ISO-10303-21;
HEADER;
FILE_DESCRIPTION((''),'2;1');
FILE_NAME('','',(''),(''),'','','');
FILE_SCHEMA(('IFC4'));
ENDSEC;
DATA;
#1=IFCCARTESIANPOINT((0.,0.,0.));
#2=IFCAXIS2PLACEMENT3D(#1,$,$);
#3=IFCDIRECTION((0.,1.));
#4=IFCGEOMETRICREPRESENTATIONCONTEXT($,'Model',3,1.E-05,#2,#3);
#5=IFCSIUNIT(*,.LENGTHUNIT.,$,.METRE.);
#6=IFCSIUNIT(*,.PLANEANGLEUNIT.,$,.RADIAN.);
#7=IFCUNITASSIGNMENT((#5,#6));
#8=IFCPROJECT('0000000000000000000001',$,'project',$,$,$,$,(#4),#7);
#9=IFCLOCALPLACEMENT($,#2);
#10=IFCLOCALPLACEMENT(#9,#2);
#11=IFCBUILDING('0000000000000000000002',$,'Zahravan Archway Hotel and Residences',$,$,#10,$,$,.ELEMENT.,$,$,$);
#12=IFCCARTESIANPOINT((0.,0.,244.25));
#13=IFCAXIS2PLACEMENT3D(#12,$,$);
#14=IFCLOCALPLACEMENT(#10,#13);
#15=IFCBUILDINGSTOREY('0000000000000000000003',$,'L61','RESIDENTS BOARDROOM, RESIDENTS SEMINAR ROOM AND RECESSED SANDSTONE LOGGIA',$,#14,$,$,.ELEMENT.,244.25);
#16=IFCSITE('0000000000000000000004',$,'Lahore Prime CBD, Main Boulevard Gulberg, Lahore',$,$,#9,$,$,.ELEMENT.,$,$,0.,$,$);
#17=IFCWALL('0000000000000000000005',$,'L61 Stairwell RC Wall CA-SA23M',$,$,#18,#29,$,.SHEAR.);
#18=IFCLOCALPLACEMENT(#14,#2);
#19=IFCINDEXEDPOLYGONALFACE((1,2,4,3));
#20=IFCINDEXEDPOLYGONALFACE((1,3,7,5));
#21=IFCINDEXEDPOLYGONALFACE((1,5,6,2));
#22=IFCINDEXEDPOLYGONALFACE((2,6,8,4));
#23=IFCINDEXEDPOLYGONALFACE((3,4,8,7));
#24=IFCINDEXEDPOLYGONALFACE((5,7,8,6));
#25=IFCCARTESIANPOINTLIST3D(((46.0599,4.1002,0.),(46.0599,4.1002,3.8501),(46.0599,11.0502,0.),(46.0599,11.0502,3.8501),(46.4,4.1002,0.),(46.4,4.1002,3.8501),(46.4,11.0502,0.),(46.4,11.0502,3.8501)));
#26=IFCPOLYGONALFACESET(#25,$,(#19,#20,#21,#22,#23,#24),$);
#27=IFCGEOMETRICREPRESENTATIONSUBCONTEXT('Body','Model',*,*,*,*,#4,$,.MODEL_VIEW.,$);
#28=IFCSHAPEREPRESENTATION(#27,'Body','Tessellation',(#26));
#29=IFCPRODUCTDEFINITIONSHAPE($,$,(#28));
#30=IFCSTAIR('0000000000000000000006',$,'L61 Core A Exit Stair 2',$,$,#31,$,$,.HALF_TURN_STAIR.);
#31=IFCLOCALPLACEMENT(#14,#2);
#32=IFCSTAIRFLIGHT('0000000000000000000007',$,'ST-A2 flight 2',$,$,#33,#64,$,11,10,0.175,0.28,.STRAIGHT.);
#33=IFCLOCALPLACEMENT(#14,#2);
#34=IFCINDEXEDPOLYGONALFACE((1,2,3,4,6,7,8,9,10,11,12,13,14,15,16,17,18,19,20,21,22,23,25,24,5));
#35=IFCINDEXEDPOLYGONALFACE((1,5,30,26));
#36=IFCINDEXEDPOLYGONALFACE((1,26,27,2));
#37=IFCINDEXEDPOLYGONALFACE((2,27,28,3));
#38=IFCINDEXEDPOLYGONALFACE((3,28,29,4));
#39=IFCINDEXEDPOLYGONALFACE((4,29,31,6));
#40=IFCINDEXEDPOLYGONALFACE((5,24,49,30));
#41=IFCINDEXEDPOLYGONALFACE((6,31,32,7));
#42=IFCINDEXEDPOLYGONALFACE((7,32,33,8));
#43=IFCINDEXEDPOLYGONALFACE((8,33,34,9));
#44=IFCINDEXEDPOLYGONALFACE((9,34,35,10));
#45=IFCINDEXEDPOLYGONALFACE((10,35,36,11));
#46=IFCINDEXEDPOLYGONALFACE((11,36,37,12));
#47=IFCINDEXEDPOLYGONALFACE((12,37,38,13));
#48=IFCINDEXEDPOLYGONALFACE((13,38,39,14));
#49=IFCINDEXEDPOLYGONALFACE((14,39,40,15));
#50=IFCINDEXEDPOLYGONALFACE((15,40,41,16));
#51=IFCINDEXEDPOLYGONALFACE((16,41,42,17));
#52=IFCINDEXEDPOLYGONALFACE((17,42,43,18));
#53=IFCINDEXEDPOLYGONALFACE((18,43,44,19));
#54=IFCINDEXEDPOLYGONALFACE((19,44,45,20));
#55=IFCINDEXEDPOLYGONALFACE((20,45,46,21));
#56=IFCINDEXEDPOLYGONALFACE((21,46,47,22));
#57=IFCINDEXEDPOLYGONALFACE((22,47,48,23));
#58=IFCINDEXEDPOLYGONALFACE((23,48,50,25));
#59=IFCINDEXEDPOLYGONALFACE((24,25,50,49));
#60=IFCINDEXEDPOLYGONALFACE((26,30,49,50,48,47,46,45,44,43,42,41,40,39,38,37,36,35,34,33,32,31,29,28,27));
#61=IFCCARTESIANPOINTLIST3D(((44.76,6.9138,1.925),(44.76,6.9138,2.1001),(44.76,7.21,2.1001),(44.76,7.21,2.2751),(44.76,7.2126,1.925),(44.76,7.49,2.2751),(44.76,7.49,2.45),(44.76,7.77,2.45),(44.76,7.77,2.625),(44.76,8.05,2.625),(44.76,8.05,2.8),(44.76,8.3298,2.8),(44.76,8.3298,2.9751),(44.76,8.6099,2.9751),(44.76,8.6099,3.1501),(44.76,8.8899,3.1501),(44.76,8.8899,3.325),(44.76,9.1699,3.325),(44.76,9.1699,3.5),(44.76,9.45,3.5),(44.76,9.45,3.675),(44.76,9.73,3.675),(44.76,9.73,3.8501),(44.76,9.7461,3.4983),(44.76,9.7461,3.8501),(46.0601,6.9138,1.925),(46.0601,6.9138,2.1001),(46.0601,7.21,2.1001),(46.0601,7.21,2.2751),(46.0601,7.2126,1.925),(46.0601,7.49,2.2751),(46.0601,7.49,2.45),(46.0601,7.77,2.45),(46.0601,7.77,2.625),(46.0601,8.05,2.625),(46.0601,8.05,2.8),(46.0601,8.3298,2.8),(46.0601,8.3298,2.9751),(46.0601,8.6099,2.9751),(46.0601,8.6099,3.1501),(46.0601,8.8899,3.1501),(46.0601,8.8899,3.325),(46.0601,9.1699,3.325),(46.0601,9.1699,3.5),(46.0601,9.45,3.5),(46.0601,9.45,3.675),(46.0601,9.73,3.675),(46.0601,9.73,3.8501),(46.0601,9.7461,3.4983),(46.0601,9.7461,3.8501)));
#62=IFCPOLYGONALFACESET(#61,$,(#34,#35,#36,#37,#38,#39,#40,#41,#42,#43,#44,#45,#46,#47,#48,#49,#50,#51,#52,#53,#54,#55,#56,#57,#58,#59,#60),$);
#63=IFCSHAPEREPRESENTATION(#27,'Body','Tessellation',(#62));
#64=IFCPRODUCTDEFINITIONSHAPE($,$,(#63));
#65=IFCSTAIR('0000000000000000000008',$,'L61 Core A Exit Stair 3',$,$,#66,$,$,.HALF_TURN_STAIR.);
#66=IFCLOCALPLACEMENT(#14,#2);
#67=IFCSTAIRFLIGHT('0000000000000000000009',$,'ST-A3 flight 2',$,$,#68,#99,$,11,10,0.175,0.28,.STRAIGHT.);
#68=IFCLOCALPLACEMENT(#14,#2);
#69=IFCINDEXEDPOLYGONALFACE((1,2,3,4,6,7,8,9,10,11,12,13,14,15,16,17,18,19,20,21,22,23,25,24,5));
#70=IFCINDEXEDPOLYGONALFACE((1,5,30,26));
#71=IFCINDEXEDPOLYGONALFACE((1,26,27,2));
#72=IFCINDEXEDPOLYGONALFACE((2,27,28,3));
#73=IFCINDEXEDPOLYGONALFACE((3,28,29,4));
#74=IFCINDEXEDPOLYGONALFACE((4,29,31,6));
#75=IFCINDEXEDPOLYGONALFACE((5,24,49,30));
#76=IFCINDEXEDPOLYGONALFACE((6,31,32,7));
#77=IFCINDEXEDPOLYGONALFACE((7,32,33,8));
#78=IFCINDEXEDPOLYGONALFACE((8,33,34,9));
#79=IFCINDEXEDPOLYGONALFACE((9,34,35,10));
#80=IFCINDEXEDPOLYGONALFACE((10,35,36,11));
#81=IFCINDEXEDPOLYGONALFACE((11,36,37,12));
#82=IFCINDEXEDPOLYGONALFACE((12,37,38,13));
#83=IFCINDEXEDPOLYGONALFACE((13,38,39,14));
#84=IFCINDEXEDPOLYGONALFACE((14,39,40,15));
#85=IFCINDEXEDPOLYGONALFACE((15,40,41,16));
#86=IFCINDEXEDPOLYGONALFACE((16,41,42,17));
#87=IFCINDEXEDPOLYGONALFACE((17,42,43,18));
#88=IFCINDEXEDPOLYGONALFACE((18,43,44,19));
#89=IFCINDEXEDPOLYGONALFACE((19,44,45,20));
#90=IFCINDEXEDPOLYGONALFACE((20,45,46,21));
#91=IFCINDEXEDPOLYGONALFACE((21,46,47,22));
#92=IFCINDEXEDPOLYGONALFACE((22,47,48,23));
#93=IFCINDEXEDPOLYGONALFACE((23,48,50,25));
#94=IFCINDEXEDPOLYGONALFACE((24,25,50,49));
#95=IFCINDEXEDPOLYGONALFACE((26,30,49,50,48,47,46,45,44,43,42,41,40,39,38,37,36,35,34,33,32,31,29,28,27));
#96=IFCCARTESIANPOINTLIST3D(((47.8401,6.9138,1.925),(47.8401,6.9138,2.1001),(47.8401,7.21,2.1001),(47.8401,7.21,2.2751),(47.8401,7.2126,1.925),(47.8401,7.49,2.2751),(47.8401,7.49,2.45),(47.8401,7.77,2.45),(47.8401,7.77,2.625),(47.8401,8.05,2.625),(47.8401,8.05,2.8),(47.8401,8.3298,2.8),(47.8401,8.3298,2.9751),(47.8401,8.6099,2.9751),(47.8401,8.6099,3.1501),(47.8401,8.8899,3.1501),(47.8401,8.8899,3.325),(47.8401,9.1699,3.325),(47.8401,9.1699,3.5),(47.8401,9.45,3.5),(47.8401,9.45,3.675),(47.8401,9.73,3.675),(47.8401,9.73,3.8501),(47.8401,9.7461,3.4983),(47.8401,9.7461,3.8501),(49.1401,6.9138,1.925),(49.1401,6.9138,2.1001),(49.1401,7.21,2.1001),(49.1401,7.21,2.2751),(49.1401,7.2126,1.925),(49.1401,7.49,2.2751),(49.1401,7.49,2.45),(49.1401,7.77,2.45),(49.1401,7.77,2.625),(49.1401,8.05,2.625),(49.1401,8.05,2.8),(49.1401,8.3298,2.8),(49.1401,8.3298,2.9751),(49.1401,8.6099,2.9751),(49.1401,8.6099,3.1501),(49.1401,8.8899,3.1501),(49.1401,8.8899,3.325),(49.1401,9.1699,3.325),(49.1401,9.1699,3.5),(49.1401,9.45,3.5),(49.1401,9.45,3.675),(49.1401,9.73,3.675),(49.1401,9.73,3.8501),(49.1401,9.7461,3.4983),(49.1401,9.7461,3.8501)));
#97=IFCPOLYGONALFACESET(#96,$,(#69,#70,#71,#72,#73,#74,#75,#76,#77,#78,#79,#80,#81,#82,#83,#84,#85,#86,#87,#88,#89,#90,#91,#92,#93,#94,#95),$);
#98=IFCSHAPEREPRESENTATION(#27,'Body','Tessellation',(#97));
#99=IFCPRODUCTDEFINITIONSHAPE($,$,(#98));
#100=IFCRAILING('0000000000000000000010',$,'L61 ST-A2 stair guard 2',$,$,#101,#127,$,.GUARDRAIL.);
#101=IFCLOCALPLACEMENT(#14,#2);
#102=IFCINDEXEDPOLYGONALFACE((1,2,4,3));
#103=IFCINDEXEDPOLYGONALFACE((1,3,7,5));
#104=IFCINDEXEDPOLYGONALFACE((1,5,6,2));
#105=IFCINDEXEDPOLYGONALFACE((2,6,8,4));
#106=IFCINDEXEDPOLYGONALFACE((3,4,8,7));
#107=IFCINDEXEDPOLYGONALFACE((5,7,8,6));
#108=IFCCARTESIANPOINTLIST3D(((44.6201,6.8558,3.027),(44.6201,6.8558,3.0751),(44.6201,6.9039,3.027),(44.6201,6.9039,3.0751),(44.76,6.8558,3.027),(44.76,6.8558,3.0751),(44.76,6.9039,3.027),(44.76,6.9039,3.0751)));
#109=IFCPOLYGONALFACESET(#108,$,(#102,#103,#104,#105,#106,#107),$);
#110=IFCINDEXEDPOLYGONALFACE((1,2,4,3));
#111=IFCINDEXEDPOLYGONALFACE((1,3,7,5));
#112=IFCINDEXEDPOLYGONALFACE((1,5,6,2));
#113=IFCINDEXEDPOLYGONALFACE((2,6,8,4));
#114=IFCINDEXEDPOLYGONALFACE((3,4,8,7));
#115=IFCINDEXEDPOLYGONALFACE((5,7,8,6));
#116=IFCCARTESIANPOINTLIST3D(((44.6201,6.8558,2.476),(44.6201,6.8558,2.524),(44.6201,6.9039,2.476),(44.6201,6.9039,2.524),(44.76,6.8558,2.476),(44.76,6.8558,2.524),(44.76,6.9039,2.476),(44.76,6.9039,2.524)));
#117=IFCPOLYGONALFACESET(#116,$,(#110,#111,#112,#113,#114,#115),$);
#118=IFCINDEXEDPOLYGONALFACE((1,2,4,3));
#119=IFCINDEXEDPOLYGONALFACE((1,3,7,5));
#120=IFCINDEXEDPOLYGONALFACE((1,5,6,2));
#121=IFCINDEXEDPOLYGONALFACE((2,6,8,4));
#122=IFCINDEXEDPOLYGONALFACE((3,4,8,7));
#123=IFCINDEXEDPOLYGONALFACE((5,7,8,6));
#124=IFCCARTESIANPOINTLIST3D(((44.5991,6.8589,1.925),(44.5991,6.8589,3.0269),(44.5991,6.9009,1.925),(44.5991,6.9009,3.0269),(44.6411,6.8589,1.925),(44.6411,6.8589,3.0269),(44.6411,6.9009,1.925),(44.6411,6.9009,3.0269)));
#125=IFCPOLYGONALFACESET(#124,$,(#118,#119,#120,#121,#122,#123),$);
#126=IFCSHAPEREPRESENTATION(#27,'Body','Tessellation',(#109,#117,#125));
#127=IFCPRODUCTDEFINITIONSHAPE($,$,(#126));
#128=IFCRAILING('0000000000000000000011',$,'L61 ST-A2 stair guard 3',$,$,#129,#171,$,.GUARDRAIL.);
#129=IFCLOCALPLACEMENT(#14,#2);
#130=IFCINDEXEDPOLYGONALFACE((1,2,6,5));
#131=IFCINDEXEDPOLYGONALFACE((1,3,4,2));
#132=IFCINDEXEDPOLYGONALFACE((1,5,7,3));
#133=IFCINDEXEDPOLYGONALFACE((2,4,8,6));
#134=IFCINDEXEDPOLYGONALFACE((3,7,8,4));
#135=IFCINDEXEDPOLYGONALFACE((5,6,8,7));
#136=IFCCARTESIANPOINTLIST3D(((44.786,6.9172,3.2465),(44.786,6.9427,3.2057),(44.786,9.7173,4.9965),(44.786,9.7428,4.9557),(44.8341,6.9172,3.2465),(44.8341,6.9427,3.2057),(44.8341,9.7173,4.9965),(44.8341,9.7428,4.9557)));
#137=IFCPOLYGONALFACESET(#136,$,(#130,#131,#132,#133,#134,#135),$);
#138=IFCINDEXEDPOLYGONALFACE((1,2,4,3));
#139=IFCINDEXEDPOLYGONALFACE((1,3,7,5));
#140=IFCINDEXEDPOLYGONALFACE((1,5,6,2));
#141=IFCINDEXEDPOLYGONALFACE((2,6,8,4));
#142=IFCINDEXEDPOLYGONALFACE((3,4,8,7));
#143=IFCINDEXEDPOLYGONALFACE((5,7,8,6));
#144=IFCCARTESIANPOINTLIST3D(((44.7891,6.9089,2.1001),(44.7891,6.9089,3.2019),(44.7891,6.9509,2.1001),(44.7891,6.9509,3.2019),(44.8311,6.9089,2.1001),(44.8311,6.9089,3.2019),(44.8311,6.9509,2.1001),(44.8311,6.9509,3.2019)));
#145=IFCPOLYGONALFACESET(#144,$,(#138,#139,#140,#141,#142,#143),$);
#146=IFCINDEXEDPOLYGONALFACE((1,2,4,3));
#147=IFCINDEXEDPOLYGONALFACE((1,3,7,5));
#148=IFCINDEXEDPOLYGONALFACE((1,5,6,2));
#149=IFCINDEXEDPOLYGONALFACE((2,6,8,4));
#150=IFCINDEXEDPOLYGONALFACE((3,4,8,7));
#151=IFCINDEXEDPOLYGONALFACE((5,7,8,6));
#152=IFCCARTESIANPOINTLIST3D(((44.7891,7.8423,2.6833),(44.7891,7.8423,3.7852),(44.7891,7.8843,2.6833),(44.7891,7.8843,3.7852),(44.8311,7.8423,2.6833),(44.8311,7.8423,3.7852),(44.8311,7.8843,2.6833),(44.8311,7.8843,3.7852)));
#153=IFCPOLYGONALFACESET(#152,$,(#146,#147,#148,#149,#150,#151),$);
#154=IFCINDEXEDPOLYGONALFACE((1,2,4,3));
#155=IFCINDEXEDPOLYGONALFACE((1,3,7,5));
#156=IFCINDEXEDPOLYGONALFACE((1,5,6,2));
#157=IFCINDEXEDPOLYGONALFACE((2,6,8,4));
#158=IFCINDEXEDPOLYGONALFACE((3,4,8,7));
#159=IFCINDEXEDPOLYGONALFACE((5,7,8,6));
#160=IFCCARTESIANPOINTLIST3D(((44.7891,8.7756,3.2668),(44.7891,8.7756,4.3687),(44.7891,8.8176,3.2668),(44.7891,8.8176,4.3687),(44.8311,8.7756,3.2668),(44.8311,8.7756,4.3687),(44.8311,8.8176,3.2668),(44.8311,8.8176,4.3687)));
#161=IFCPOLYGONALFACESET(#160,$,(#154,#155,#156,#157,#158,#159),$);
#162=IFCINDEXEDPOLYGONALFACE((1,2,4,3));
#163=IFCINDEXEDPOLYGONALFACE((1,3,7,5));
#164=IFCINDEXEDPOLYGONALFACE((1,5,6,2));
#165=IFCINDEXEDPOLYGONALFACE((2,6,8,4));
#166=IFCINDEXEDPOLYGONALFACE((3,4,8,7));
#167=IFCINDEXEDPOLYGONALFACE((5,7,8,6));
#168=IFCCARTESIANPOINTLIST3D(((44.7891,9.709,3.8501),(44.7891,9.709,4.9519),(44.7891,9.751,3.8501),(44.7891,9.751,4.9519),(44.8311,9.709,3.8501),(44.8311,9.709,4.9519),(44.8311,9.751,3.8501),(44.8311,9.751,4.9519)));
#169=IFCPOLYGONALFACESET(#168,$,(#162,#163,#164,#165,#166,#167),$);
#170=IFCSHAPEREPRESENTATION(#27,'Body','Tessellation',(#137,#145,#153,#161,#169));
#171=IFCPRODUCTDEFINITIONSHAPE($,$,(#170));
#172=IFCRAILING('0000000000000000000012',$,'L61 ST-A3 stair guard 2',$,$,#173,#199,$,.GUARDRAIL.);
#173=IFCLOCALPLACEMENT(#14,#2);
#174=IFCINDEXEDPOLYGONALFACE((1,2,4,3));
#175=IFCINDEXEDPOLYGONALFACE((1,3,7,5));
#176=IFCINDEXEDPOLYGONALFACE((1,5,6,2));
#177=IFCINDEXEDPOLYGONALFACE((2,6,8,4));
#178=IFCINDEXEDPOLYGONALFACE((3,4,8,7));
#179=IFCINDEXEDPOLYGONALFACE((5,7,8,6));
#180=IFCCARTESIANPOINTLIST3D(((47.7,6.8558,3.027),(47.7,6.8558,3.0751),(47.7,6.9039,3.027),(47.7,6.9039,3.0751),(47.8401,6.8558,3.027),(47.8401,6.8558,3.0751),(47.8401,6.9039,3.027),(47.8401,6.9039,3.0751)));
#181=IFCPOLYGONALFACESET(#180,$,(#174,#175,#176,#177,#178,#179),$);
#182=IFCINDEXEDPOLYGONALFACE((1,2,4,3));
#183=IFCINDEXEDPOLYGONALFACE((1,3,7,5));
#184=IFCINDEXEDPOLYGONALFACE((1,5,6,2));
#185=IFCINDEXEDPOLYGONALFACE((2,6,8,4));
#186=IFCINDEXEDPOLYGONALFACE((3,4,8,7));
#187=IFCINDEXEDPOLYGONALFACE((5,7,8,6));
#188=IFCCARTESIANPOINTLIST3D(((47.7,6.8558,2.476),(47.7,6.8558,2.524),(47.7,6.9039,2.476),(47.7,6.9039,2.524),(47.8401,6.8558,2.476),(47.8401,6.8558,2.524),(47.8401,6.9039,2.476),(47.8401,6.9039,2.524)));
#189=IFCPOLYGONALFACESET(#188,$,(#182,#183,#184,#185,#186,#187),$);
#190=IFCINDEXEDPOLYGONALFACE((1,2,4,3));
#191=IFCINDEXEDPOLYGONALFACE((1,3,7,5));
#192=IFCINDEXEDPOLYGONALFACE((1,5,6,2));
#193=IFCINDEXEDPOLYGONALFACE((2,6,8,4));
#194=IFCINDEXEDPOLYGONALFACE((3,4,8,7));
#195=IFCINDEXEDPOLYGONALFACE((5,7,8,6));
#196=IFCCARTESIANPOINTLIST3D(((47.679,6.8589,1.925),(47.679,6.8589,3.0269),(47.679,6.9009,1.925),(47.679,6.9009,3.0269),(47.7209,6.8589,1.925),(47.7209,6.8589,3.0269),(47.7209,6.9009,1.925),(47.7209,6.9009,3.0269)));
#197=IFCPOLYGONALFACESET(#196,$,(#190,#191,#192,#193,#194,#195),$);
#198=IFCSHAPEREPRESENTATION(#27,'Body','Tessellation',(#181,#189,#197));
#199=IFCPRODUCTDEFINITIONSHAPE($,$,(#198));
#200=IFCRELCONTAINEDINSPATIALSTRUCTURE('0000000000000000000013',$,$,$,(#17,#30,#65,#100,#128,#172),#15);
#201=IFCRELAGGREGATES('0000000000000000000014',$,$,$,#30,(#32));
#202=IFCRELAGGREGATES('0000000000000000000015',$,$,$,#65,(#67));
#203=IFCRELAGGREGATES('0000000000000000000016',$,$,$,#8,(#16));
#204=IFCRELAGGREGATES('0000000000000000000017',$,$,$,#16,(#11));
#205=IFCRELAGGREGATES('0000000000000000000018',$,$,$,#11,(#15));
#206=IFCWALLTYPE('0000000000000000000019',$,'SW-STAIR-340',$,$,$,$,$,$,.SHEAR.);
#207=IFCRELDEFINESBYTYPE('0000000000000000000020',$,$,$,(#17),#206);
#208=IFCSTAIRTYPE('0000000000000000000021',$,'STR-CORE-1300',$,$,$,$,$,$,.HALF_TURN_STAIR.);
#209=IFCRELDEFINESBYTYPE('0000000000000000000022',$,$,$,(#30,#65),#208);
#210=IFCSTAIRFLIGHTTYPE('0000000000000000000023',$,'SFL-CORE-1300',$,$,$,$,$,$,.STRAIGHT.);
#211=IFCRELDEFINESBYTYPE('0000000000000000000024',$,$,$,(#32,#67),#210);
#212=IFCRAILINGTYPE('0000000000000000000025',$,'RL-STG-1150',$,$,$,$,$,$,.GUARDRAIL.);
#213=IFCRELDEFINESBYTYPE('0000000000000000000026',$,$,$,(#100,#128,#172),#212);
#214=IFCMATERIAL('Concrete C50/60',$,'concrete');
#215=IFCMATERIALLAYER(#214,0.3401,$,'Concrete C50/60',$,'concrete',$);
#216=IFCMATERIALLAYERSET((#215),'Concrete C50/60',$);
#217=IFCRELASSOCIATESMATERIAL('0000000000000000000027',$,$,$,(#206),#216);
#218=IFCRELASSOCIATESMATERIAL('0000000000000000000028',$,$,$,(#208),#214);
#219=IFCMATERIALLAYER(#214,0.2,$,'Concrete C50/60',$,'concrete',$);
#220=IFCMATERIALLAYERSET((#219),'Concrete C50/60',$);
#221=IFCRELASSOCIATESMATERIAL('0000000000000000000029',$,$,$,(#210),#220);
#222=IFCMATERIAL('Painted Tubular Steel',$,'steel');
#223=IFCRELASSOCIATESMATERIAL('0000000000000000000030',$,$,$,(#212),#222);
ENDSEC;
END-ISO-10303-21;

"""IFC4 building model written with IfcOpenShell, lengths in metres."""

from ifc_helpers import new_model, si_unit, direction, frame, frame_2d, origin, origin_2d, place, context, subcontext, project, spatial, polyline, rectangle, outline, extrude, source, transform, mapped, material, layer, layer_set, type_object, element, aggregate, save


model = new_model("IFC4")

# Units and contexts
model_context = context("Model", 3, precision=1e-05, world=origin(), true_north=direction((0.0, 1.0)))
body_context = subcontext(model_context, "Body", "Model", "MODEL_VIEW")
ifc_project = project(units=[si_unit("LENGTHUNIT", "METRE"), si_unit("PLANEANGLEUNIT", "RADIAN")], contexts=[model_context])

# Site, building, storey
site_placement = place(None, origin())
site = spatial("IfcSite", under=ifc_project, at=site_placement, Name="Lahore Prime CBD, Main Boulevard Gulberg, Lahore", CompositionType="ELEMENT", RefElevation=0.0)
building_placement = place(site_placement, origin())
building = spatial("IfcBuilding", under=site, at=building_placement, Name="Zahravan Archway Hotel and Residences", CompositionType="ELEMENT")
storey_placement = place(building_placement, frame((0.0, 0.0, 244.25)))
storey = spatial("IfcBuildingStorey", under=building, at=storey_placement, Name="L61", Description="RESIDENTS BOARDROOM, RESIDENTS SEMINAR ROOM AND RECESSED SANDSTONE LOGGIA", CompositionType="ELEMENT", Elevation=244.25)

# Shared definitions
ifc_material_1 = material(Name="Concrete C50/60", Category="concrete")

# Wall
ifc_layer_1 = layer(ifc_material_1, 0.3401, Name="Concrete C50/60", Category="concrete")
ifc_layer_set_1 = layer_set([ifc_layer_1], Name="Concrete C50/60")
wall_type_1 = type_object("IfcWallType", Name="SW-STAIR-340", PredefinedType="SHEAR", material=ifc_layer_set_1)
wall_1_placement = place(storey_placement, frame((46.23, 4.1001, 0.0), z_axis=(0.0, 0.0, 1.0), x_axis=(0.0, 1.0, 0.0)))
element("IfcWall", 1, at=wall_1_placement, inside=storey, type_object=wall_type_1, Name="L61 Stairwell RC Wall CA-SA23M", PredefinedType="SHEAR", context=body_context, shape_type="SweptSolid", body=[
    extrude(rectangle(XDim=6.95, YDim=0.3401, at=frame_2d((3.4751, 0.0))), origin(), (0.0, 0.0, 1.0), 3.8501),
])

# Stairs, stair flights
stair_type = type_object("IfcStairType", Name="STR-CORE-1300", PredefinedType="HALF_TURN_STAIR", material=ifc_material_1)
stair_1_placement = place(storey_placement, origin())
stair_1 = element("IfcStair", 2, at=stair_1_placement, inside=storey, type_object=stair_type, Name="L61 Core A Exit Stair 2", PredefinedType="HALF_TURN_STAIR")
ifc_layer_2 = layer(ifc_material_1, 0.2, Name="Concrete C50/60", Category="concrete")
ifc_layer_set_2 = layer_set([ifc_layer_2], Name="Concrete C50/60")
stair_flight_type = type_object("IfcStairFlightType", Name="SFL-CORE-1300", PredefinedType="STRAIGHT", material=ifc_layer_set_2)
shared_shape_1 = source(origin(), body_context, "Body", "SweptSolid", [
    extrude(outline(polyline([(-0.0161, 0.0), (-0.0161, 0.175), (0.28, 0.175), (0.28, 0.3501), (0.5601, 0.3501), (0.5601, 0.5249), (0.8401, 0.5249), (0.8401, 0.7), (1.1201, 0.7), (1.1201, 0.875), (1.3999, 0.875), (1.3999, 1.05), (1.6799, 1.05), (1.6799, 1.2251), (1.96, 1.2251), (1.96, 1.3999), (2.24, 1.3999), (2.24, 1.575), (2.52, 1.575), (2.52, 1.75), (2.8, 1.75), (2.8, 1.925), (2.8162, 1.925), (2.8162, 1.5732), (0.2827, 0.0), (-0.0161, 0.0)])), frame((0.0, 0.6499, 0.0), z_axis=(0.0, -1.0, 0.0), x_axis=(1.0, 0.0, 0.0)), (0.0, 0.0, 1.0), 1.3),
])
stair_flight_1_placement = place(storey_placement, frame((45.4099, 6.9299, 1.925), z_axis=(0.0, 0.0, 1.0), x_axis=(0.0, 1.0, 0.0)))
stair_flight_1 = element("IfcStairFlight", 3, at=stair_flight_1_placement, type_object=stair_flight_type, Name="ST-A2 flight 2", NumberOfRisers=11, NumberOfTreads=10, PredefinedType="STRAIGHT", RiserHeight=0.175, TreadLength=0.28, context=body_context, shape_type="MappedRepresentation", body=[
    mapped(shared_shape_1, transform((0.0, 0.0, 0.0), scale=1.0)),
])
aggregate(stair_1, [stair_flight_1])
stair_2_placement = place(storey_placement, origin())
stair_2 = element("IfcStair", 4, at=stair_2_placement, inside=storey, type_object=stair_type, Name="L61 Core A Exit Stair 3", PredefinedType="HALF_TURN_STAIR")
stair_flight_2_placement = place(storey_placement, frame((48.49, 6.9299, 1.925), z_axis=(0.0, 0.0, 1.0), x_axis=(0.0, 1.0, 0.0)))
stair_flight_2 = element("IfcStairFlight", 5, at=stair_flight_2_placement, type_object=stair_flight_type, Name="ST-A3 flight 2", NumberOfRisers=11, NumberOfTreads=10, PredefinedType="STRAIGHT", RiserHeight=0.175, TreadLength=0.28, context=body_context, shape_type="MappedRepresentation", body=[
    mapped(shared_shape_1, transform((0.0, 0.0, 0.0), scale=1.0)),
])
aggregate(stair_2, [stair_flight_2])

# Railings
ifc_material_2 = material(Name="Painted Tubular Steel", Category="steel")
railing_type_1 = type_object("IfcRailingType", Name="RL-STG-1150", PredefinedType="GUARDRAIL", material=ifc_material_2)
railing_1_placement = place(storey_placement, frame((44.6201, 6.8799, 1.925)))
element("IfcRailing", 6, at=railing_1_placement, inside=storey, type_object=railing_type_1, Name="L61 ST-A2 stair guard 2", PredefinedType="GUARDRAIL", context=body_context, shape_type="SweptSolid", body=[
    extrude(rectangle(XDim=0.0481, YDim=0.0481, at=origin_2d()), frame((0.0, 0.0, 1.126), z_axis=(1.0, 0.0, 0.0), x_axis=(0.0, 1.0, 0.0)), (0.0, 0.0, 1.0), 0.1399),
    extrude(rectangle(XDim=0.0481, YDim=0.0481, at=origin_2d()), frame((0.0, 0.0, 0.575), z_axis=(1.0, 0.0, 0.0), x_axis=(0.0, 1.0, 0.0)), (0.0, 0.0, 1.0), 0.1399),
    extrude(rectangle(XDim=0.042, YDim=0.042, at=origin_2d()), origin(), (0.0, 0.0, 1.0), 1.1018),
])
railing_2_placement = place(storey_placement, frame((44.8101, 6.9299, 2.1001)))
element("IfcRailing", 7, at=railing_2_placement, inside=storey, type_object=railing_type_1, Name="L61 ST-A2 stair guard 3", PredefinedType="GUARDRAIL", context=body_context, shape_type="SweptSolid", body=[
    extrude(rectangle(XDim=0.0481, YDim=0.0481, at=origin_2d()), frame((0.0, 0.0, 1.126), z_axis=(0.0, 0.848002, 0.529992), x_axis=(-1.0, 0.0, 0.0)), (0.0, 0.0, 1.0), 3.302),
    extrude(rectangle(XDim=0.042, YDim=0.042, at=origin_2d()), origin(), (0.0, 0.0, 1.0), 1.1018),
    extrude(rectangle(XDim=0.042, YDim=0.042, at=origin_2d()), frame((0.0, 0.9333, 0.5833)), (0.0, 0.0, 1.0), 1.1018),
    extrude(rectangle(XDim=0.042, YDim=0.042, at=origin_2d()), frame((0.0, 1.8667, 1.1667)), (0.0, 0.0, 1.0), 1.1018),
    extrude(rectangle(XDim=0.042, YDim=0.042, at=origin_2d()), frame((0.0, 2.8, 1.75)), (0.0, 0.0, 1.0), 1.1018),
])
railing_3_placement = place(storey_placement, frame((47.7, 6.8799, 1.925)))
element("IfcRailing", 8, at=railing_3_placement, inside=storey, type_object=railing_type_1, Name="L61 ST-A3 stair guard 2", PredefinedType="GUARDRAIL", context=body_context, shape_type="SweptSolid", body=[
    extrude(rectangle(XDim=0.0481, YDim=0.0481, at=origin_2d()), frame((0.0, 0.0, 1.126), z_axis=(1.0, 0.0, 0.0), x_axis=(0.0, 1.0, 0.0)), (0.0, 0.0, 1.0), 0.1401),
    extrude(rectangle(XDim=0.0481, YDim=0.0481, at=origin_2d()), frame((0.0, 0.0, 0.575), z_axis=(1.0, 0.0, 0.0), x_axis=(0.0, 1.0, 0.0)), (0.0, 0.0, 1.0), 0.1401),
    extrude(rectangle(XDim=0.042, YDim=0.042, at=origin_2d()), origin(), (0.0, 0.0, 1.0), 1.1018),
])

save(model, "model.ifc")
